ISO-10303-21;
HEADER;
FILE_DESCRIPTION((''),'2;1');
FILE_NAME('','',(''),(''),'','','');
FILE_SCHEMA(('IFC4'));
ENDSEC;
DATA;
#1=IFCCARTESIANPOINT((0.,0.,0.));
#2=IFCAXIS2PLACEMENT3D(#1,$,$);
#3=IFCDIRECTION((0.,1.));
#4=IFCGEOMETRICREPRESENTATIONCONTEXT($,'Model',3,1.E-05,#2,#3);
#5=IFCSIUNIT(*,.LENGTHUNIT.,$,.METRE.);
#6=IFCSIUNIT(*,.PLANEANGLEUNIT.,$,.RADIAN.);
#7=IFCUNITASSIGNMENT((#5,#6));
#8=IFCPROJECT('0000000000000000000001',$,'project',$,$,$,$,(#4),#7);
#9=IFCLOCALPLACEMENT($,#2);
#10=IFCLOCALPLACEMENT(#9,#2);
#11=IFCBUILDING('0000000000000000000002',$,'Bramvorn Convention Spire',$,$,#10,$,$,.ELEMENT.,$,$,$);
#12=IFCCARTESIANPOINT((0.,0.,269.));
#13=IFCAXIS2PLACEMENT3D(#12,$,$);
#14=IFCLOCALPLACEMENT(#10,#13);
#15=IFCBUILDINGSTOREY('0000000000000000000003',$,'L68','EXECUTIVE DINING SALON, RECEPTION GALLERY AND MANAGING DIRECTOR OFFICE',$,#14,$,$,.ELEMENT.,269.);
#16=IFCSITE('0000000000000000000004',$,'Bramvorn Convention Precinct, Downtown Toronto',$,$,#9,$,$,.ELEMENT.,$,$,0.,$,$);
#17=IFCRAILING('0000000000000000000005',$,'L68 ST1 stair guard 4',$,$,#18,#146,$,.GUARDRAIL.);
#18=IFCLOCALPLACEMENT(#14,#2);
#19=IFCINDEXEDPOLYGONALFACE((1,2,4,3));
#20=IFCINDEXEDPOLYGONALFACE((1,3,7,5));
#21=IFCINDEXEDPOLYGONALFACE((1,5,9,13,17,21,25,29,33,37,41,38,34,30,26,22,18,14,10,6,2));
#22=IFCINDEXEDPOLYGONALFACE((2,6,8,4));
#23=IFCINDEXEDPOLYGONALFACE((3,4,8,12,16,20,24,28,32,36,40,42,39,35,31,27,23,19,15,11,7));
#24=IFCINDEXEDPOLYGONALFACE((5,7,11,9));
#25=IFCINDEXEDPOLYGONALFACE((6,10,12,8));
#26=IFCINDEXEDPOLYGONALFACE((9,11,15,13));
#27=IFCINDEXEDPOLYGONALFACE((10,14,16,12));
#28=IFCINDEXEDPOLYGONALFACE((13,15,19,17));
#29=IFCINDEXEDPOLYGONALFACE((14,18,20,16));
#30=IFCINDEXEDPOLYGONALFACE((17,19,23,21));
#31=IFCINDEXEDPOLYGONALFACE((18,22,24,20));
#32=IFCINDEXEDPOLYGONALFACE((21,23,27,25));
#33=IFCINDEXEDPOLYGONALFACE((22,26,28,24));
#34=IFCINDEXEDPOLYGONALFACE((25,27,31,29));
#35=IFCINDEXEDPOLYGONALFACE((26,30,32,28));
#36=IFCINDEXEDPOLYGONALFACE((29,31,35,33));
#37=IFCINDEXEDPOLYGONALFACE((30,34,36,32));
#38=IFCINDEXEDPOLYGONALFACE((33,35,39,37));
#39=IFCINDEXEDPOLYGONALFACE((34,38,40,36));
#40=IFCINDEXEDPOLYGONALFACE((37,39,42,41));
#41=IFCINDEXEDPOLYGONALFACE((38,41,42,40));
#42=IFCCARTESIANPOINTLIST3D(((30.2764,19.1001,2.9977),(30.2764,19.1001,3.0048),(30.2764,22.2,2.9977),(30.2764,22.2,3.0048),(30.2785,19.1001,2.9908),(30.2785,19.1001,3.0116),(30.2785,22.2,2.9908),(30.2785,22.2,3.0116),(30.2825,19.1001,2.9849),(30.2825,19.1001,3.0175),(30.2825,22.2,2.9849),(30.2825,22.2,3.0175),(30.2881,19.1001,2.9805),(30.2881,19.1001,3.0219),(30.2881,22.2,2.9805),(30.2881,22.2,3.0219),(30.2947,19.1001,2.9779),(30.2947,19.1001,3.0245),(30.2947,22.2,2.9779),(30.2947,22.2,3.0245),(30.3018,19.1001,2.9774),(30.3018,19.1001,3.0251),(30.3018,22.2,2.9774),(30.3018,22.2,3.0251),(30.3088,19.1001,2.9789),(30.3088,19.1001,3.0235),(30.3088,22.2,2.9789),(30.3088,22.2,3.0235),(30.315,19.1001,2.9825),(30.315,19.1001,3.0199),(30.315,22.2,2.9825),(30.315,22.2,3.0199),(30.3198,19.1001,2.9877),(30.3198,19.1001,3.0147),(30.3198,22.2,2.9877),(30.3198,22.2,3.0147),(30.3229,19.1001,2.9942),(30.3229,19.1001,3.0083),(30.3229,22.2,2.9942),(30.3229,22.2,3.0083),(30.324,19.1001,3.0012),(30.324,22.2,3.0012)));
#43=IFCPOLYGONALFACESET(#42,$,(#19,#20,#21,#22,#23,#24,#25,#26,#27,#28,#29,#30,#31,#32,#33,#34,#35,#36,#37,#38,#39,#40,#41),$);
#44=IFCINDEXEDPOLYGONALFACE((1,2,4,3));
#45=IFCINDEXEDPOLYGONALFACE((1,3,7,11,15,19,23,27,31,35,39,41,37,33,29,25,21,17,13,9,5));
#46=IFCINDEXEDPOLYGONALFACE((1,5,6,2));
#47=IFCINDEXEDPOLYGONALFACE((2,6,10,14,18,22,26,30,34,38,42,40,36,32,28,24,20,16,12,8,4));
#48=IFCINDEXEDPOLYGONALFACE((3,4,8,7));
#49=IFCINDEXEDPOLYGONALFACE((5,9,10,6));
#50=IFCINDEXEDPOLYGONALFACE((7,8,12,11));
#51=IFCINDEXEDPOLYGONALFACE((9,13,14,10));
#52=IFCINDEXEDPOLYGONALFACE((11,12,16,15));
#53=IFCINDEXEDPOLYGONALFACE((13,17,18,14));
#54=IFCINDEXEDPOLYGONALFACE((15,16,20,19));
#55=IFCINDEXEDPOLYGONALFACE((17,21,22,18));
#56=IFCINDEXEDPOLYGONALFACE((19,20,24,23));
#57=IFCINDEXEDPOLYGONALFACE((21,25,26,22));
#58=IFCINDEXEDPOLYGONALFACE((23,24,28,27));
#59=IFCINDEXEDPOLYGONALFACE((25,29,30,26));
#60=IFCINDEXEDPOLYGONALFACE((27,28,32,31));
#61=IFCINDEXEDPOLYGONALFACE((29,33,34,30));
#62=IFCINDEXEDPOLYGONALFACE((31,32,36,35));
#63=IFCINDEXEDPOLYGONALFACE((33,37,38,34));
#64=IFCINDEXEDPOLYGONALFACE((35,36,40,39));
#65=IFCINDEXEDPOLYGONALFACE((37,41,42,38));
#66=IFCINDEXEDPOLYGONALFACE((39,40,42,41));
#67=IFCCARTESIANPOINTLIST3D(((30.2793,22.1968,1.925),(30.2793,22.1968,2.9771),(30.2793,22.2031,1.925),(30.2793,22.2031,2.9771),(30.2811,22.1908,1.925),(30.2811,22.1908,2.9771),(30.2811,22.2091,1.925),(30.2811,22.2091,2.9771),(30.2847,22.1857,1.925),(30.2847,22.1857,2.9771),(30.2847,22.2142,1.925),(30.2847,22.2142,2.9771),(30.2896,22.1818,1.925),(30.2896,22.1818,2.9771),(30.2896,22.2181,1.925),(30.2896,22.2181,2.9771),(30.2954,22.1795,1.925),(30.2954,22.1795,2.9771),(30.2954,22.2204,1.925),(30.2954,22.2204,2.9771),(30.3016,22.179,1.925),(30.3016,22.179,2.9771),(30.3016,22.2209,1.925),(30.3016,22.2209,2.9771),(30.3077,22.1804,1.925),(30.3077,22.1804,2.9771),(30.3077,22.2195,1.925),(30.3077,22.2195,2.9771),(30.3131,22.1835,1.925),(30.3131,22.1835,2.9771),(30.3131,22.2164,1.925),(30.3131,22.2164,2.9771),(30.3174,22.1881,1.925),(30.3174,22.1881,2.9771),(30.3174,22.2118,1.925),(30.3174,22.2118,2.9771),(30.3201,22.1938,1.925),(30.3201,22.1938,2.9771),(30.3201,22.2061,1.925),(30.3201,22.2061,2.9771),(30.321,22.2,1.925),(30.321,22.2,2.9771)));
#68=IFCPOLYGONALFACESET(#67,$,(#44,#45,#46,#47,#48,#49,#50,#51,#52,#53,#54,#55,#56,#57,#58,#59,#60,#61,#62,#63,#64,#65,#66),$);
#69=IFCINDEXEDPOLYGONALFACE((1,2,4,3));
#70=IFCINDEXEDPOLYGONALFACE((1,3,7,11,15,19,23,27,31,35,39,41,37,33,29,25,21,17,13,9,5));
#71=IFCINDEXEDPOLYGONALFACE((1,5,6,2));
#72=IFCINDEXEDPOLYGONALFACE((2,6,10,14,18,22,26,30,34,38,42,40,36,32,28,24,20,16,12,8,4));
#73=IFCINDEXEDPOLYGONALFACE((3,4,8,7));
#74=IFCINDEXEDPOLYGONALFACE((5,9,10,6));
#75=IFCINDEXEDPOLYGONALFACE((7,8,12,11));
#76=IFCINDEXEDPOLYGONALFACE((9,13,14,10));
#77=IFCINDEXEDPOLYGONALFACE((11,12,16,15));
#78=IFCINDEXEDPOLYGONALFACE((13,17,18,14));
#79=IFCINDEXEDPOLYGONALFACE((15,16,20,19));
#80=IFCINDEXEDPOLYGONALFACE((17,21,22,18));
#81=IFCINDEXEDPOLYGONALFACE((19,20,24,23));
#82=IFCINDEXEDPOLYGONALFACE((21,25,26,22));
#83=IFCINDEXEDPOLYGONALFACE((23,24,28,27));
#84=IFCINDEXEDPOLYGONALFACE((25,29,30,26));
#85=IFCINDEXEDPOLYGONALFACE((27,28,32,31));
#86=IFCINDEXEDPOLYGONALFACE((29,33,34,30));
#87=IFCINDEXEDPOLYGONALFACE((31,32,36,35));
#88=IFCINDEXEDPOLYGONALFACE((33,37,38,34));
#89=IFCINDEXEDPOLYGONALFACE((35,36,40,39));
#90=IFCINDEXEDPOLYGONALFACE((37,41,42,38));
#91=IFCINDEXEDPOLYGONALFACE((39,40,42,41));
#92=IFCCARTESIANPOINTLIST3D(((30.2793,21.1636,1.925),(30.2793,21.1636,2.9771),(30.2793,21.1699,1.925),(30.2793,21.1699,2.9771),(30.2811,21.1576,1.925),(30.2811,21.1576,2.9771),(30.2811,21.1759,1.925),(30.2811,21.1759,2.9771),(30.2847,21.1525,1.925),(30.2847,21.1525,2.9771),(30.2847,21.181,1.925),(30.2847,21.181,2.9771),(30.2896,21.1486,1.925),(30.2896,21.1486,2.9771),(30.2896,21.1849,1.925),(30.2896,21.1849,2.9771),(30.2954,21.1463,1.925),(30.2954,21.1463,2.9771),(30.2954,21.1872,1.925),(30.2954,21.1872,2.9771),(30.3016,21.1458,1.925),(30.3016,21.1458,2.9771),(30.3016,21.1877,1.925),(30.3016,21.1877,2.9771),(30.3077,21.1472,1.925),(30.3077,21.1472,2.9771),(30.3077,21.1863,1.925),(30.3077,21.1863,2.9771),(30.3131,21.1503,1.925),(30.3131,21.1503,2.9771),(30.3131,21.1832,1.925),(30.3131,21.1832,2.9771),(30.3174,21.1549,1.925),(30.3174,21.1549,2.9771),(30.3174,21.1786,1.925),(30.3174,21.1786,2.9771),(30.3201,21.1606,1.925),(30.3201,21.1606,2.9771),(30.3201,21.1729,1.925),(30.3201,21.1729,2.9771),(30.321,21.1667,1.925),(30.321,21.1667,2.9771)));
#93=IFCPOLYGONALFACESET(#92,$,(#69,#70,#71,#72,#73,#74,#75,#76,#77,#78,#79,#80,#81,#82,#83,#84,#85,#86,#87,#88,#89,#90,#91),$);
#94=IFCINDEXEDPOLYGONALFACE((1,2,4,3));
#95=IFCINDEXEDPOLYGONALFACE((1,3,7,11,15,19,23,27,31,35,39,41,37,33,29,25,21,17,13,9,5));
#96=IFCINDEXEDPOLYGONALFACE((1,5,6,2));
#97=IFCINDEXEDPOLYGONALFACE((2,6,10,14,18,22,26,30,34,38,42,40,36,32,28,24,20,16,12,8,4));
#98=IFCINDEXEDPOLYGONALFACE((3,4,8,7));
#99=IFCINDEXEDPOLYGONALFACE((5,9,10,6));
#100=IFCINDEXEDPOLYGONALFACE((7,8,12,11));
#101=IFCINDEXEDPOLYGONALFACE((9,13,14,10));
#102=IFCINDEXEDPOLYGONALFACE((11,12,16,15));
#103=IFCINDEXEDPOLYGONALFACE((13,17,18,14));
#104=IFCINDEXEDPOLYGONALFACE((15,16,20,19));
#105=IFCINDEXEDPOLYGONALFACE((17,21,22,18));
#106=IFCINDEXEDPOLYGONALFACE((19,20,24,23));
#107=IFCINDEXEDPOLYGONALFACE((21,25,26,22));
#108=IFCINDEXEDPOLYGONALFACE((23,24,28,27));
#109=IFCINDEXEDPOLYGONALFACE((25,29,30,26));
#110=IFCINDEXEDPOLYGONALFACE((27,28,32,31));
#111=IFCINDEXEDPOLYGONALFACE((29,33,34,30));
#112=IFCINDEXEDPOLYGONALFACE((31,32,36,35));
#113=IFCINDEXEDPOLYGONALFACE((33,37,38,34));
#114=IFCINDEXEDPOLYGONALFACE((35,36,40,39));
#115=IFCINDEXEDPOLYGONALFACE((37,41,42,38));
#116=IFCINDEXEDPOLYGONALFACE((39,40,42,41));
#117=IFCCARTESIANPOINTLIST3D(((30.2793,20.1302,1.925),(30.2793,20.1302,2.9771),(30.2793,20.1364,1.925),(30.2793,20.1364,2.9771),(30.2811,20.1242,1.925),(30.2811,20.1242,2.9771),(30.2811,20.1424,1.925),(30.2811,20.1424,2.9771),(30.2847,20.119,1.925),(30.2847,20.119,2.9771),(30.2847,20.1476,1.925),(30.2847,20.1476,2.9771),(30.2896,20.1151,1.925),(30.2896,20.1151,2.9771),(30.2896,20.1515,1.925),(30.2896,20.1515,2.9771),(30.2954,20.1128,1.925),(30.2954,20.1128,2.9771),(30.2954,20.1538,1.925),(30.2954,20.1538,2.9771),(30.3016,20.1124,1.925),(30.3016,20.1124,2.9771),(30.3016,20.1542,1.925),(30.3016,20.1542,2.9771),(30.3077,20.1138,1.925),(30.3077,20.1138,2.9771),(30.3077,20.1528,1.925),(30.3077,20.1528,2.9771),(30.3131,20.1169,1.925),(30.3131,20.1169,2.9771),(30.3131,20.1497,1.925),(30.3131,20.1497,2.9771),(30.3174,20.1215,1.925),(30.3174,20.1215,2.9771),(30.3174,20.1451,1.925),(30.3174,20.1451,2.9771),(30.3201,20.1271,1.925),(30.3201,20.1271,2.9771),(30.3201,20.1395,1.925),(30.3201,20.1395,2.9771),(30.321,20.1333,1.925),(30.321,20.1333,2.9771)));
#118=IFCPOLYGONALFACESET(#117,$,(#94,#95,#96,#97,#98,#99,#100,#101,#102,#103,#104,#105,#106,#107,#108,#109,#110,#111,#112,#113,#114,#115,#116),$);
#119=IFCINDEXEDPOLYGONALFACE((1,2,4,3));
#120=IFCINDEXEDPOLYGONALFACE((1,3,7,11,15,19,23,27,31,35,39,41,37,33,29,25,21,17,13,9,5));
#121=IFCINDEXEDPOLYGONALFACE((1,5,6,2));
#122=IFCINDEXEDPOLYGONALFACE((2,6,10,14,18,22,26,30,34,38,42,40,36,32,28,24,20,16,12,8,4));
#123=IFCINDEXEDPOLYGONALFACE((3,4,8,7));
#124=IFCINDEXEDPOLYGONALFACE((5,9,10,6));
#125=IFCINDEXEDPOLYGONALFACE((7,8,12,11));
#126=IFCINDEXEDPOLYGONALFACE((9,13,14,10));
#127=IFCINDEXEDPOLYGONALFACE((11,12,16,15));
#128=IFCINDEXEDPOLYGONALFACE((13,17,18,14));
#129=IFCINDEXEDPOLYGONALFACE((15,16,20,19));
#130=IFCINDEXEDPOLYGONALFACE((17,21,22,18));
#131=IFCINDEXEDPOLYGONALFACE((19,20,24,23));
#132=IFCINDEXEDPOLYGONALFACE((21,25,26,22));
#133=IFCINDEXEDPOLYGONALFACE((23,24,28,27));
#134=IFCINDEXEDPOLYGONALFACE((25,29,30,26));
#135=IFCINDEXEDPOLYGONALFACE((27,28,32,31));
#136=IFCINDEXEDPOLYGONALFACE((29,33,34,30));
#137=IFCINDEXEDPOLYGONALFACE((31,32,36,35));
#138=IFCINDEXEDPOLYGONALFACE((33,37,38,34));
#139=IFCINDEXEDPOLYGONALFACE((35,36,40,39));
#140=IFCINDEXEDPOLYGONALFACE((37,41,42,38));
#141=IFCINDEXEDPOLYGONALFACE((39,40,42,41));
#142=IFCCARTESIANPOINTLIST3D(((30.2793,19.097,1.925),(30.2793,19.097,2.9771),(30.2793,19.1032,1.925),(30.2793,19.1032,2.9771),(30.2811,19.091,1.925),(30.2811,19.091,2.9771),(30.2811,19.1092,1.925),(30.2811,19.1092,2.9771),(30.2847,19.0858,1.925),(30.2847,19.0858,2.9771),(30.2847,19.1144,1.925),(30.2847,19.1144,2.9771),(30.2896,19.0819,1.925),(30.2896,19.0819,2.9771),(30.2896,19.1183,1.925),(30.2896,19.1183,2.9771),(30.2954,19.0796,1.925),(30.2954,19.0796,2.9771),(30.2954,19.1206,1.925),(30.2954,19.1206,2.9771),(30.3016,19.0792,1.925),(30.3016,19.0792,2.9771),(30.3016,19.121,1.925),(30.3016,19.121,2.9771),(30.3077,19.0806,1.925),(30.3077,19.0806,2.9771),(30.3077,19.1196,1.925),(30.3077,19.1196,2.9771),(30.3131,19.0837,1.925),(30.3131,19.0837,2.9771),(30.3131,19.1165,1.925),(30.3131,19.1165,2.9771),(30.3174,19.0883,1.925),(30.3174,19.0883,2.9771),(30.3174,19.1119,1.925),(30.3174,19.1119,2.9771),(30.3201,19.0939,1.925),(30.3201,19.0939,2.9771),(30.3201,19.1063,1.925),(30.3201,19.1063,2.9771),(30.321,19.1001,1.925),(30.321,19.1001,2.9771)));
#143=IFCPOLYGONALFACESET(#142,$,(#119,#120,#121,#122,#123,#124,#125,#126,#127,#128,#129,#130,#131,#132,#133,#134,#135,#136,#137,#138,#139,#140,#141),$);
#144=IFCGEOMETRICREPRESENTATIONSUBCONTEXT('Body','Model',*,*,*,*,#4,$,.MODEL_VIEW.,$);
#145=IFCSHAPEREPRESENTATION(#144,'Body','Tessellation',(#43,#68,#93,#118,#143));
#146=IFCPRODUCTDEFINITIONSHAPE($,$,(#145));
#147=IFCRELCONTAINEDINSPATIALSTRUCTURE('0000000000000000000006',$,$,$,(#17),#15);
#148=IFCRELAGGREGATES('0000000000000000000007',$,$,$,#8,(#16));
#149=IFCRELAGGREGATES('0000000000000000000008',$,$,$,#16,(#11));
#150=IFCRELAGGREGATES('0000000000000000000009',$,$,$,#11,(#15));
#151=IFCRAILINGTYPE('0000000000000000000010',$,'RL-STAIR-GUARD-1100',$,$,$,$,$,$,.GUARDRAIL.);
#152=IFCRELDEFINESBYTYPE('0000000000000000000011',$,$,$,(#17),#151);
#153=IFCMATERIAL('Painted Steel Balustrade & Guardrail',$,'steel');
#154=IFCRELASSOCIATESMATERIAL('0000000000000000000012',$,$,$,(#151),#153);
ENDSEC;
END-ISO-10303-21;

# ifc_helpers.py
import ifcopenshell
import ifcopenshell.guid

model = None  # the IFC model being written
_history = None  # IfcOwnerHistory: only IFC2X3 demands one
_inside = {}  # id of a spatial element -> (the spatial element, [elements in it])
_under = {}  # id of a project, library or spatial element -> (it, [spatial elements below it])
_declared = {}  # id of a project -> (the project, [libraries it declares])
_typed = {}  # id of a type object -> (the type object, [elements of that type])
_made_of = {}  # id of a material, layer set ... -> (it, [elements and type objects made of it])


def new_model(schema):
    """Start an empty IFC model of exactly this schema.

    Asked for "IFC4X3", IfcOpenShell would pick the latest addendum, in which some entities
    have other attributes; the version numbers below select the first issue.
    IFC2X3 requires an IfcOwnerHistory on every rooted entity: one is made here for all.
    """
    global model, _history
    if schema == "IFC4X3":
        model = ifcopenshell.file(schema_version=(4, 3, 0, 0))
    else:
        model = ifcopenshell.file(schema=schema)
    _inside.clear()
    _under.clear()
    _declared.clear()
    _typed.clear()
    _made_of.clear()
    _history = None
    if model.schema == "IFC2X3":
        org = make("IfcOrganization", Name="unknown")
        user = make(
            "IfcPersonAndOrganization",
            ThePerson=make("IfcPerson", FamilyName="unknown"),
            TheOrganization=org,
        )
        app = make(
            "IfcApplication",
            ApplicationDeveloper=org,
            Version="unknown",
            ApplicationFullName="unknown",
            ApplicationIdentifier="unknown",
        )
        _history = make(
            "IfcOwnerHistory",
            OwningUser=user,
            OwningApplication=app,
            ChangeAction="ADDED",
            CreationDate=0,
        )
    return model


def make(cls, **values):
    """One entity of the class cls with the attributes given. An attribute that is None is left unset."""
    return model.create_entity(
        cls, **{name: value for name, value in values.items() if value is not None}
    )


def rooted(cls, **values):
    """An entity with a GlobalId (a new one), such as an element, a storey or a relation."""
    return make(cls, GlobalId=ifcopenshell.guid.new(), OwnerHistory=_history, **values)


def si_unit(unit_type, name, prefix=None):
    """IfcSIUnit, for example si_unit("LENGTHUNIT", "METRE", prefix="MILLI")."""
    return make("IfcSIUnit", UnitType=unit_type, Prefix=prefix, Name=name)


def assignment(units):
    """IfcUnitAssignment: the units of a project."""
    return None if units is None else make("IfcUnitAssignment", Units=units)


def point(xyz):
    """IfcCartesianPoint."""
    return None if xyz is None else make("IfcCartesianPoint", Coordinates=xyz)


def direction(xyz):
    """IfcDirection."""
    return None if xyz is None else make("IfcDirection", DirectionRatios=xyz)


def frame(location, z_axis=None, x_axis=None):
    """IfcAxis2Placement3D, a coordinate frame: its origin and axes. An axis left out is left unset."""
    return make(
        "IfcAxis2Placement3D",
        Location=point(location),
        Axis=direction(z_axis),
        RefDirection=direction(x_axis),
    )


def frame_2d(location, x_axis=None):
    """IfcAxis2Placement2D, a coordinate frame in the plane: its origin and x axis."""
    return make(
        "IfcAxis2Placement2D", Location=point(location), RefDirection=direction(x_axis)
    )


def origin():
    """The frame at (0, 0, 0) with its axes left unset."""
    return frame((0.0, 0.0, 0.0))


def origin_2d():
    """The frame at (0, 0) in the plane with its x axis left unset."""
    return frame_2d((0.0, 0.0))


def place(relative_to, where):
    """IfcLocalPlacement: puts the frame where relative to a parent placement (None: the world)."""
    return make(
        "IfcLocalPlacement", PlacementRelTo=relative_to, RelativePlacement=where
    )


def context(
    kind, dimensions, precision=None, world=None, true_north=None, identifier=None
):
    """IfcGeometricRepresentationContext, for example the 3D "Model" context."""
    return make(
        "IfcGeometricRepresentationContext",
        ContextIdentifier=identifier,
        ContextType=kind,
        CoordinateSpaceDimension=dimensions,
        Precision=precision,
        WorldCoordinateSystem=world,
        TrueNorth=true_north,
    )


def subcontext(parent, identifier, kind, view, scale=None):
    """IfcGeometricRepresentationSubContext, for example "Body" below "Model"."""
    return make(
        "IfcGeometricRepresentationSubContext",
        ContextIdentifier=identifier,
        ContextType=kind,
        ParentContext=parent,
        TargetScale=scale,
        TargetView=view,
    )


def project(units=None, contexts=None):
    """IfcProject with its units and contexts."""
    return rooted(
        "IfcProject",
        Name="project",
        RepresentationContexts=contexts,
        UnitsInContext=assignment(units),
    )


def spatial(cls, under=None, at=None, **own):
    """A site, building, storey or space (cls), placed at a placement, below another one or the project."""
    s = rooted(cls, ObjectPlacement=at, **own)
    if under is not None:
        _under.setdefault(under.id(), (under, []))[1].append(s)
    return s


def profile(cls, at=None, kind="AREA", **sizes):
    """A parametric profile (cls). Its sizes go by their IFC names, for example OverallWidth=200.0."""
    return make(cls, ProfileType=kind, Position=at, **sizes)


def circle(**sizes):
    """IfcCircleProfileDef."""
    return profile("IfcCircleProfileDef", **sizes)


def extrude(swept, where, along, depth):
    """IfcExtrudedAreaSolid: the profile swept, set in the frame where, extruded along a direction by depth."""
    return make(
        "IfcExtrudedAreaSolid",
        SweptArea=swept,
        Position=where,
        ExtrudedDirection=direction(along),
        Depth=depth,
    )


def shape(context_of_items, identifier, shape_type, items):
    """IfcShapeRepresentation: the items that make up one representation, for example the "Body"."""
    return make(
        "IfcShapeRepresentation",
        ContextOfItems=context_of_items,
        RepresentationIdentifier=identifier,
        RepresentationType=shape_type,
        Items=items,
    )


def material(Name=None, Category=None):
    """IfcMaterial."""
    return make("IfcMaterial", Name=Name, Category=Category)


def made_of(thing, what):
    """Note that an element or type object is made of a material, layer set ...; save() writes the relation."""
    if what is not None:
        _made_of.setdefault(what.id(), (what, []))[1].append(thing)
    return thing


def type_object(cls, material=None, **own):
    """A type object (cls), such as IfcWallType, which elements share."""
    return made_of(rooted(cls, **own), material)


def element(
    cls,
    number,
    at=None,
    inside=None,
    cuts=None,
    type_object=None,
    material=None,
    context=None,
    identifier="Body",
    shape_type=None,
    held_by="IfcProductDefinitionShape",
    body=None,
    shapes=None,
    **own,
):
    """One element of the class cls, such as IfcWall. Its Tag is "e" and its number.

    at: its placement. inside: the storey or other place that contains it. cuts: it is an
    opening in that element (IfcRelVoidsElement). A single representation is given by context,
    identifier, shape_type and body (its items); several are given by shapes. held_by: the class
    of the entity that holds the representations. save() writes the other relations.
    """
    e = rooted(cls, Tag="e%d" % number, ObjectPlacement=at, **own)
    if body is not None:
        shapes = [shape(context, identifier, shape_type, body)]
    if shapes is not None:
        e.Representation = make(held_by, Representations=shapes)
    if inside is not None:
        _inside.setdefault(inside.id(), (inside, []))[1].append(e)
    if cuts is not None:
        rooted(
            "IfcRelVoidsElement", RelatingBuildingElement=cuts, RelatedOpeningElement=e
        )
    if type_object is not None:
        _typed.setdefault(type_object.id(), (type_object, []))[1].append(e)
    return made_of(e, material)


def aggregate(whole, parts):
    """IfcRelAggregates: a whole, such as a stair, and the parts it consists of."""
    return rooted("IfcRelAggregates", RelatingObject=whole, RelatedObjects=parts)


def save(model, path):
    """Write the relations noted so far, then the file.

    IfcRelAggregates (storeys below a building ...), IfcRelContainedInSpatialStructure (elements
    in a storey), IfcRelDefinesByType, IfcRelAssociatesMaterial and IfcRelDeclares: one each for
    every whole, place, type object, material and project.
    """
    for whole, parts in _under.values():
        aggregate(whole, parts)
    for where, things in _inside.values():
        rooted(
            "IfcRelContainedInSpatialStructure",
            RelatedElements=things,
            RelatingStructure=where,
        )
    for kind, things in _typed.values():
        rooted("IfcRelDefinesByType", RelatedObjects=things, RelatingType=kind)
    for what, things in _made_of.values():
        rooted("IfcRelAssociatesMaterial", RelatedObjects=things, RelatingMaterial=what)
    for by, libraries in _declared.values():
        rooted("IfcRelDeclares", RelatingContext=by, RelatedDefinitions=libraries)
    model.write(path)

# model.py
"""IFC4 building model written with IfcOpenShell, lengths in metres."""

from ifc_helpers import new_model, si_unit, direction, frame, origin, origin_2d, place, context, subcontext, project, spatial, circle, extrude, material, type_object, element, save


model = new_model("IFC4")

# Units and contexts
model_context = context("Model", 3, precision=1e-05, world=origin(), true_north=direction((0.0, 1.0)))
body_context = subcontext(model_context, "Body", "Model", "MODEL_VIEW")
ifc_project = project(units=[si_unit("LENGTHUNIT", "METRE"), si_unit("PLANEANGLEUNIT", "RADIAN")], contexts=[model_context])

# Site, building, storey
site_placement = place(None, origin())
site = spatial("IfcSite", under=ifc_project, at=site_placement, Name="Bramvorn Convention Precinct, Downtown Toronto", CompositionType="ELEMENT", RefElevation=0.0)
building_placement = place(site_placement, origin())
building = spatial("IfcBuilding", under=site, at=building_placement, Name="Bramvorn Convention Spire", CompositionType="ELEMENT")
storey_placement = place(building_placement, frame((0.0, 0.0, 269.0)))
storey = spatial("IfcBuildingStorey", under=building, at=storey_placement, Name="L68", Description="EXECUTIVE DINING SALON, RECEPTION GALLERY AND MANAGING DIRECTOR OFFICE", CompositionType="ELEMENT", Elevation=269.0)

# Railing
ifc_material_1 = material(Name="Painted Steel Balustrade & Guardrail", Category="steel")
railing_type_1 = type_object("IfcRailingType", Name="RL-STAIR-GUARD-1100", PredefinedType="GUARDRAIL", material=ifc_material_1)
railing_1_placement = place(storey_placement, frame((30.3, 22.2, 1.925)))
element("IfcRailing", 1, at=railing_1_placement, inside=storey, type_object=railing_type_1, Name="L68 ST1 stair guard 4", PredefinedType="GUARDRAIL", context=body_context, shape_type="SweptSolid", body=[
    extrude(circle(Radius=0.0239, at=origin_2d()), frame((0.0, 0.0, 1.0762), z_axis=(0.0, -1.0, 0.0), x_axis=(1.0, 0.0, 0.0)), (0.0, 0.0, 1.0), 3.0999),
    extrude(circle(Radius=0.021, at=origin_2d()), origin(), (0.0, 0.0, 1.0), 1.052),
    extrude(circle(Radius=0.021, at=origin_2d()), frame((0.0, -1.0332, 0.0)), (0.0, 0.0, 1.0), 1.052),
    extrude(circle(Radius=0.021, at=origin_2d()), frame((0.0, -2.0667, 0.0)), (0.0, 0.0, 1.0), 1.052),
    extrude(circle(Radius=0.021, at=origin_2d()), frame((0.0, -3.0999, 0.0)), (0.0, 0.0, 1.0), 1.052),
])

save(model, "model.ifc")
